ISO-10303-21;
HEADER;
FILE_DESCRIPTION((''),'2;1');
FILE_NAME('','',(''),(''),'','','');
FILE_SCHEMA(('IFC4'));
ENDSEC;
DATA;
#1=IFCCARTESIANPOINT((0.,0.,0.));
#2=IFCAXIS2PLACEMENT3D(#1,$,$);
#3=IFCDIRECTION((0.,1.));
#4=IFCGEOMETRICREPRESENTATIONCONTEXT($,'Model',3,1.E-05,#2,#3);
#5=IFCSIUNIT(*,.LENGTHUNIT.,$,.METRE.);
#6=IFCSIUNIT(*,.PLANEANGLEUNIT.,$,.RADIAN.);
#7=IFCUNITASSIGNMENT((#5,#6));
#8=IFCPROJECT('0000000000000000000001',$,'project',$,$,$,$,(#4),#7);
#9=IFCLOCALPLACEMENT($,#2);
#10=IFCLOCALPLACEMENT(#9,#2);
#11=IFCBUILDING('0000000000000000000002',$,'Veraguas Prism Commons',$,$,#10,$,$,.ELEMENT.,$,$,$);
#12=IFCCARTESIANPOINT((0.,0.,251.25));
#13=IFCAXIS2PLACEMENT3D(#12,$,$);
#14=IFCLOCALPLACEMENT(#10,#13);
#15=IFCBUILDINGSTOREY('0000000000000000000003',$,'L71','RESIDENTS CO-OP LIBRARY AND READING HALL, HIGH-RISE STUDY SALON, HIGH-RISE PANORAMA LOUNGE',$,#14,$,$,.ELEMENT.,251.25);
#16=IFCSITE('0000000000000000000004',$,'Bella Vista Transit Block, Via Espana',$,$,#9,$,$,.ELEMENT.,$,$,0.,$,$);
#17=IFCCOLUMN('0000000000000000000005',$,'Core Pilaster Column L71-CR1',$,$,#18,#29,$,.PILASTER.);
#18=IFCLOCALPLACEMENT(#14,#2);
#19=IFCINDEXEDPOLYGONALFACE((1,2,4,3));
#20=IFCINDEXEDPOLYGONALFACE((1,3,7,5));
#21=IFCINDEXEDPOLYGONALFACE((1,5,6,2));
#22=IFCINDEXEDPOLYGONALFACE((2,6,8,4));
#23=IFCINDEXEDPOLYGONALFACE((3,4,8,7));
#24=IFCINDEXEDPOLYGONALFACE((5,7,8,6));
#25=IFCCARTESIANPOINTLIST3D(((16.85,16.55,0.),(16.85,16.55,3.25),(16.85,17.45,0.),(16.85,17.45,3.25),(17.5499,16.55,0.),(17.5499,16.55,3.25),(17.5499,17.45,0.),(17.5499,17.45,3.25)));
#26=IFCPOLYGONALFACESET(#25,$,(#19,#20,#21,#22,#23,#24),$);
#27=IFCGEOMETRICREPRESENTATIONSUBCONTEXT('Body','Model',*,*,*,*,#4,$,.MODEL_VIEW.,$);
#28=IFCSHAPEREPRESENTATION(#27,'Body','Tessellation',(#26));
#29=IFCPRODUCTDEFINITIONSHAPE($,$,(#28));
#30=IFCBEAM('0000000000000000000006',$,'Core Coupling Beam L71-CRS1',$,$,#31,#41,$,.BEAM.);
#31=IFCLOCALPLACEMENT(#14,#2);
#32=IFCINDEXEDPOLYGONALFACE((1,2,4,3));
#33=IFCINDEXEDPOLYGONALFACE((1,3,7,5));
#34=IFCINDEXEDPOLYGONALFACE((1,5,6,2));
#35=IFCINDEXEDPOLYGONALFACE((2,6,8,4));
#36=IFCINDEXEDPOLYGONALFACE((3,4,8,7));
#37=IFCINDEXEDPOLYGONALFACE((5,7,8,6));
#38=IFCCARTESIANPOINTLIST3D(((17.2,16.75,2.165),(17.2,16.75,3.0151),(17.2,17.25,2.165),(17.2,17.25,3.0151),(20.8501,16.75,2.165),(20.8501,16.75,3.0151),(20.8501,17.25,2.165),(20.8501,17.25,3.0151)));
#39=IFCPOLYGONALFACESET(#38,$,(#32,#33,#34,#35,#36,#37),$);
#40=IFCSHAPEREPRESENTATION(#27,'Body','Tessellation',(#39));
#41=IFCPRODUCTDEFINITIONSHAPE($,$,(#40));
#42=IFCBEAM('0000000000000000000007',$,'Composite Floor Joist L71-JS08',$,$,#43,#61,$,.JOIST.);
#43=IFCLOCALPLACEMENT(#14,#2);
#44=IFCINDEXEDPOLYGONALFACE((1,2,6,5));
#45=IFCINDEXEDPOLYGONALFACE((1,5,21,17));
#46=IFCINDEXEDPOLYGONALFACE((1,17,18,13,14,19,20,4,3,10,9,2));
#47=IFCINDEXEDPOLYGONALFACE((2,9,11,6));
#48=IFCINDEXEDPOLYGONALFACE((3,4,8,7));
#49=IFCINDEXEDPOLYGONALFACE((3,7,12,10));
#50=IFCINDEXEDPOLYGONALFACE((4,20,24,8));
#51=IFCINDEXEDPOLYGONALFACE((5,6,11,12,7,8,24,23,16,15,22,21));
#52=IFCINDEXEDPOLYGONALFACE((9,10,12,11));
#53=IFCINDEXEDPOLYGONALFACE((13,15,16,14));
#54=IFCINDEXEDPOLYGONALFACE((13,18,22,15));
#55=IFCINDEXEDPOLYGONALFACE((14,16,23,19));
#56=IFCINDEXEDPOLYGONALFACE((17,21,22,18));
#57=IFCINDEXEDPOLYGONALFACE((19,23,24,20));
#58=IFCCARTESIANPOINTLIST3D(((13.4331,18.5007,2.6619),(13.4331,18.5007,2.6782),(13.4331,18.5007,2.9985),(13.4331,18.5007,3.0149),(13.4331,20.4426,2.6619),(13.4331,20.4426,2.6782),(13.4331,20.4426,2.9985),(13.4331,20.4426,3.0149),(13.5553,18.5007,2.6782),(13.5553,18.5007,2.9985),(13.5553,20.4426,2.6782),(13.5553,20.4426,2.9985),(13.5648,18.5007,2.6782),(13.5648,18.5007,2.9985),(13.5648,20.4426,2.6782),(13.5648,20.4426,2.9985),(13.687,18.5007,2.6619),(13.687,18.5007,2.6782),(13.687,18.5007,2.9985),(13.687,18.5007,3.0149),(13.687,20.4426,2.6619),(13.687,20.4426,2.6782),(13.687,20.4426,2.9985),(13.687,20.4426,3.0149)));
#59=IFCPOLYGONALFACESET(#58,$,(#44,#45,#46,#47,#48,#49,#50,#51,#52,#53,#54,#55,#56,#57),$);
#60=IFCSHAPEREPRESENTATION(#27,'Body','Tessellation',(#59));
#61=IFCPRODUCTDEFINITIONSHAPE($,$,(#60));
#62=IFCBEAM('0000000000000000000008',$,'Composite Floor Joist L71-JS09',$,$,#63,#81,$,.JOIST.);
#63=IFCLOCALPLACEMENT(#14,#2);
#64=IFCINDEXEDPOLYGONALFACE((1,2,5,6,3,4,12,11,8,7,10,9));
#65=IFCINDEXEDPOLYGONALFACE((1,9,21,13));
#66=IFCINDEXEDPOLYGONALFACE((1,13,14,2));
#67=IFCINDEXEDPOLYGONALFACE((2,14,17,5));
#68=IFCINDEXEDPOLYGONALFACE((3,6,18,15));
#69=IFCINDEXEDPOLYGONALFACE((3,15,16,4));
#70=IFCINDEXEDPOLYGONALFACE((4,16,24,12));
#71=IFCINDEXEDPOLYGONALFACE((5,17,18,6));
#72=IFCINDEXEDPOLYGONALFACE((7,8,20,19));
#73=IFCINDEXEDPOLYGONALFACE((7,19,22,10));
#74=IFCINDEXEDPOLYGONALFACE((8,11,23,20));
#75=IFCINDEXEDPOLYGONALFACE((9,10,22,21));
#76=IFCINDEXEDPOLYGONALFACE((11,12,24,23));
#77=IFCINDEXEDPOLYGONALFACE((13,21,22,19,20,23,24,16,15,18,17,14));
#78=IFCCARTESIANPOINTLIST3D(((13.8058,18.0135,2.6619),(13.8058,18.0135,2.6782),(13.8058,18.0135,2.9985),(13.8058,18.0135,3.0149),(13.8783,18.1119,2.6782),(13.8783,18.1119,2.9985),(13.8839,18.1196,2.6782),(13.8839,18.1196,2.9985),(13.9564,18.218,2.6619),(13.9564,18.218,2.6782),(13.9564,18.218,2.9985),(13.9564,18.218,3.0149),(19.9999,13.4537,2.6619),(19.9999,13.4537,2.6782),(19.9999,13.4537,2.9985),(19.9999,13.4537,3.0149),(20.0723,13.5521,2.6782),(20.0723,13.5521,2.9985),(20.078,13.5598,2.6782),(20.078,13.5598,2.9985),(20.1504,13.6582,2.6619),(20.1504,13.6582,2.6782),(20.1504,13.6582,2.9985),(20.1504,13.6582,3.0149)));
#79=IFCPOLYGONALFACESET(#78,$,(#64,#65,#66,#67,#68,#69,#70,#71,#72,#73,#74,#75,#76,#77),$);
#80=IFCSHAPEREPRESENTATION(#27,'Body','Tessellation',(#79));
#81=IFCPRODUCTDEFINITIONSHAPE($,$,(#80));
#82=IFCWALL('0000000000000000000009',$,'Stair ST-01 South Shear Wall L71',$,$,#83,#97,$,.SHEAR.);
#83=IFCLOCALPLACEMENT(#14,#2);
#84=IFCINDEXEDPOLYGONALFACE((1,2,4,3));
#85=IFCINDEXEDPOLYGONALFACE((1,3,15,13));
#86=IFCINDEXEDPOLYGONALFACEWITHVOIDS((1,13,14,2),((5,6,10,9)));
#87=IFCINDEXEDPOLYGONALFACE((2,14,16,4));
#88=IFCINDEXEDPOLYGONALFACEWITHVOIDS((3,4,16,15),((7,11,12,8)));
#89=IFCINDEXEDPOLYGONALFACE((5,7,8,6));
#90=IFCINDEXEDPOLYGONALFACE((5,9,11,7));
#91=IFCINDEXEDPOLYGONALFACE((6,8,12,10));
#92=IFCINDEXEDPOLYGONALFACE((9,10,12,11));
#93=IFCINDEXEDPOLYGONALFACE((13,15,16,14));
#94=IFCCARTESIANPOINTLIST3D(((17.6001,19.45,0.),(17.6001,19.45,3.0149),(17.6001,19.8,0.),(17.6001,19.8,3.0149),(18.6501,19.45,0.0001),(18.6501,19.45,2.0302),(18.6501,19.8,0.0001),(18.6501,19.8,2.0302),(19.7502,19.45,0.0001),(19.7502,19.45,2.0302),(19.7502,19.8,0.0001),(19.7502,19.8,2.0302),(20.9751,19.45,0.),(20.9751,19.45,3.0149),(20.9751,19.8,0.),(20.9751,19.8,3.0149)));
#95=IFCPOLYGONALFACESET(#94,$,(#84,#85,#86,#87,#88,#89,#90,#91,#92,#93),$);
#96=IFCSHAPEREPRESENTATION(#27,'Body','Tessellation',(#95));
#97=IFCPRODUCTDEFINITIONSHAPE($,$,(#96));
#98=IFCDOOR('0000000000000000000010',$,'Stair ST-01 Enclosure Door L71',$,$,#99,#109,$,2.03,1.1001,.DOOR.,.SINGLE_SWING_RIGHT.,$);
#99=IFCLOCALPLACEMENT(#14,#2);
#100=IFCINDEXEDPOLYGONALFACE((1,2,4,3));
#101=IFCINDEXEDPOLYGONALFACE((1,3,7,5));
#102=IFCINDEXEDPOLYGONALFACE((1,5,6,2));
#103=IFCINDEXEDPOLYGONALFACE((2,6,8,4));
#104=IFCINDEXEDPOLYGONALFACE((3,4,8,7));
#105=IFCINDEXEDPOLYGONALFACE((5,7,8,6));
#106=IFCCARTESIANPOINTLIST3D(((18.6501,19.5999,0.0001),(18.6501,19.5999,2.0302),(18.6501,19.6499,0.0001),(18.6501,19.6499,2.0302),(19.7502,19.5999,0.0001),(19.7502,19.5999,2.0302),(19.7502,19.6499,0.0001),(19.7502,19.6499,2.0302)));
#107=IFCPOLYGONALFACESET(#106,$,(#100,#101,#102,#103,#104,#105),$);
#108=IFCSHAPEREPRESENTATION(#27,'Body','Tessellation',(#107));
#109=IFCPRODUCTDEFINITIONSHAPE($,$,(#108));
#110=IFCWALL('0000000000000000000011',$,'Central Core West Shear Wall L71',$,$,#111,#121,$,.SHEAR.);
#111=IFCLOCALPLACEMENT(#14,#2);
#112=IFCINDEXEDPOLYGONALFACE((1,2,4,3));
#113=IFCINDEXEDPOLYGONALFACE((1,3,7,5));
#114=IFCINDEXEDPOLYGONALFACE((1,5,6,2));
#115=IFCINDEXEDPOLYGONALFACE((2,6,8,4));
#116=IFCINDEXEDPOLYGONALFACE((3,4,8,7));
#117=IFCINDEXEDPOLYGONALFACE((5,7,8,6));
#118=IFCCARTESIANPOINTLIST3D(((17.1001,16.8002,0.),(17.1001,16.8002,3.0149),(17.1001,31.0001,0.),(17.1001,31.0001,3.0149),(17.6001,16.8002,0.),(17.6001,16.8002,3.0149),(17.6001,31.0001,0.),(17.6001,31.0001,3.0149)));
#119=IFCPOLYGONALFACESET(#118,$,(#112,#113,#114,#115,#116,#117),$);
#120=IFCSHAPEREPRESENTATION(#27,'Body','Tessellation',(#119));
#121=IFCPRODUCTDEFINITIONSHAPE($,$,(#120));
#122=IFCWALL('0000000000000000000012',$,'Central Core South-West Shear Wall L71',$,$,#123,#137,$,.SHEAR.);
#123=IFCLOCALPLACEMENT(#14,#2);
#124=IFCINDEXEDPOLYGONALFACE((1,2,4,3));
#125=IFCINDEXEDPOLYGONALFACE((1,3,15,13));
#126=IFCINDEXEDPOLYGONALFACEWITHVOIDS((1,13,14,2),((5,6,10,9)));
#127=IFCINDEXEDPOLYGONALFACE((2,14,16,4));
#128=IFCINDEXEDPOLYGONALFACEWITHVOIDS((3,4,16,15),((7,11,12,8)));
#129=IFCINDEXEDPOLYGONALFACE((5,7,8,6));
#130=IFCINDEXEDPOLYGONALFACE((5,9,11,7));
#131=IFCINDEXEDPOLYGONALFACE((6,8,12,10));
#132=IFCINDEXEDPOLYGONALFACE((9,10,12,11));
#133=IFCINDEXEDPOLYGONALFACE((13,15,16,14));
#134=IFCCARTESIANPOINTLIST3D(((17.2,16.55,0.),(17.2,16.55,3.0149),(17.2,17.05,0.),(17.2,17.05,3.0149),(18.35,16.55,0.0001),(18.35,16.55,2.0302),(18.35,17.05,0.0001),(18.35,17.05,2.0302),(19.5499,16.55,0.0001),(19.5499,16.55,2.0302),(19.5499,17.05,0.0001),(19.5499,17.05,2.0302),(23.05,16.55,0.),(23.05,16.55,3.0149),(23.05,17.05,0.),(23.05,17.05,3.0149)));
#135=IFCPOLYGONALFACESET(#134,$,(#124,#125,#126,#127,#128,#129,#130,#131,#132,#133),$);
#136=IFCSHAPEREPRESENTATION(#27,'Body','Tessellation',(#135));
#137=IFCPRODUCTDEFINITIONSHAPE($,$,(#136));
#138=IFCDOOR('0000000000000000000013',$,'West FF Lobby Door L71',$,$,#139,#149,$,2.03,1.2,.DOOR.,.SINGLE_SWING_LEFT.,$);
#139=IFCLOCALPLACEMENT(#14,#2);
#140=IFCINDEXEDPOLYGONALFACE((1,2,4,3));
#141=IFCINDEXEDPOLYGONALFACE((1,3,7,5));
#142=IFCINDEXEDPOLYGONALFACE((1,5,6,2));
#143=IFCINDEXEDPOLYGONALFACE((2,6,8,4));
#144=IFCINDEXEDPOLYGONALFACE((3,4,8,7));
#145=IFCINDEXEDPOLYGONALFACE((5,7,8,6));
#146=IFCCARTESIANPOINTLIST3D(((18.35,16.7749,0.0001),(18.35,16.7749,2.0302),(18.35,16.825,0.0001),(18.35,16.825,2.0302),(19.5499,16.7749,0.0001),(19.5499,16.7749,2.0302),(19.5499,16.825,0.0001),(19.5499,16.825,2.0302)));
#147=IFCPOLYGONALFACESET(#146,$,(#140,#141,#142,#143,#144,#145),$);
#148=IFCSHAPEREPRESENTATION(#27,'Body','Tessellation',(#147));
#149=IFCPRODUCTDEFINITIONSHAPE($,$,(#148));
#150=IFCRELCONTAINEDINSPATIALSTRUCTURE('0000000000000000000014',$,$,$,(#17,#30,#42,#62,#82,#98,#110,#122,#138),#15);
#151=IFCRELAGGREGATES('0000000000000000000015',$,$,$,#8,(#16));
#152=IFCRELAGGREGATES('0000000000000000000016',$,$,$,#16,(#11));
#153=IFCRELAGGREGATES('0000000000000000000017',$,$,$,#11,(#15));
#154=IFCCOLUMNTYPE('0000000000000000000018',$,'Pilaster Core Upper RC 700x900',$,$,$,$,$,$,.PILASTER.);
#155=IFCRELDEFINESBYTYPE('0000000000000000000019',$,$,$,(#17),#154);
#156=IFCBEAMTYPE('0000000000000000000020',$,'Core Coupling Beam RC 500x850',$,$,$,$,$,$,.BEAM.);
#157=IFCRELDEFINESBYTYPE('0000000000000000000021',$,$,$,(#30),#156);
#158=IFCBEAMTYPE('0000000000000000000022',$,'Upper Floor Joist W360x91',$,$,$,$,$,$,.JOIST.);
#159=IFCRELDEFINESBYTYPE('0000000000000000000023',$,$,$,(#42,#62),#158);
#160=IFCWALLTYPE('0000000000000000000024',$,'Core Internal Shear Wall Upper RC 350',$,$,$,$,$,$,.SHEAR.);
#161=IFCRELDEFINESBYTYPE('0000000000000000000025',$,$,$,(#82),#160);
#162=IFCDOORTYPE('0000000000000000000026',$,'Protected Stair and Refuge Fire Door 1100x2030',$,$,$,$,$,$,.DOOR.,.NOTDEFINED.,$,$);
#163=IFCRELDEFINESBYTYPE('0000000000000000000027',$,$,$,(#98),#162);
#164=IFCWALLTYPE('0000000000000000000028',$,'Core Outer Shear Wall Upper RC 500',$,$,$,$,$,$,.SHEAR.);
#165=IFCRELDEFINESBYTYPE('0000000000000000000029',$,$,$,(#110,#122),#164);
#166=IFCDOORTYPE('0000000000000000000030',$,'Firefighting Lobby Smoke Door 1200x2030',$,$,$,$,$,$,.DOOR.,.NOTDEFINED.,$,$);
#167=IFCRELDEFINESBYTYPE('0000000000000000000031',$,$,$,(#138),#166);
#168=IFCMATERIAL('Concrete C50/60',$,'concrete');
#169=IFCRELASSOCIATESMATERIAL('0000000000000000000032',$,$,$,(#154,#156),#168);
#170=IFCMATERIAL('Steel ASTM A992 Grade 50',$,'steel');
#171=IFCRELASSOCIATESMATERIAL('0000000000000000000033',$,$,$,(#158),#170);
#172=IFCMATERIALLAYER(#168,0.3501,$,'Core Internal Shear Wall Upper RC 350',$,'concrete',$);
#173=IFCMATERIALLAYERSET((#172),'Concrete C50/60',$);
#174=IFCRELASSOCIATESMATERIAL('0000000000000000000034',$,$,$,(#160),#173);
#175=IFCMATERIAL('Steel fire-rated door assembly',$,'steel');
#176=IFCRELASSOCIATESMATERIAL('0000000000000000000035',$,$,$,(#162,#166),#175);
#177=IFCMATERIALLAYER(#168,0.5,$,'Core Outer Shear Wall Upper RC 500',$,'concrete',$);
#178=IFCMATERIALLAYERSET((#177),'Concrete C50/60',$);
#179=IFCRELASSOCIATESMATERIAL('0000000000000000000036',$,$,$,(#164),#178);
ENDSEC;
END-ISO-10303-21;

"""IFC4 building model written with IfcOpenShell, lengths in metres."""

from ifc_helpers import new_model, si_unit, direction, frame, frame_2d, origin, origin_2d, place, context, subcontext, project, spatial, rectangle, i_section, extrude, source, transform, mapped, material, layer, layer_set, material_profile, profile_set, type_object, element, fill, save


model = new_model("IFC4")

# Units and contexts
model_context = context("Model", 3, precision=1e-05, world=origin(), true_north=direction((0.0, 1.0)))
body_context = subcontext(model_context, "Body", "Model", "MODEL_VIEW")
ifc_project = project(units=[si_unit("LENGTHUNIT", "METRE"), si_unit("PLANEANGLEUNIT", "RADIAN")], contexts=[model_context])

# Site, building, storey
site_placement = place(None, origin())
site = spatial("IfcSite", under=ifc_project, at=site_placement, Name="Bella Vista Transit Block, Via Espana", CompositionType="ELEMENT", RefElevation=0.0)
building_placement = place(site_placement, origin())
building = spatial("IfcBuilding", under=site, at=building_placement, Name="Veraguas Prism Commons", CompositionType="ELEMENT")
storey_placement = place(building_placement, frame((0.0, 0.0, 251.25)))
storey = spatial("IfcBuildingStorey", under=building, at=storey_placement, Name="L71", Description="RESIDENTS CO-OP LIBRARY AND READING HALL, HIGH-RISE STUDY SALON, HIGH-RISE PANORAMA LOUNGE", CompositionType="ELEMENT", Elevation=251.25)

# Column
ifc_material_1 = material(Name="Concrete C50/60", Category="concrete")
ifc_material_profile_1 = material_profile(ifc_material_1, rectangle(XDim=0.7, YDim=0.8999, at=origin_2d()), Name="RC700X900")
ifc_profile_set_1 = profile_set([ifc_material_profile_1], Name="Concrete C50/60")
column_type = type_object("IfcColumnType", Name="Pilaster Core Upper RC 700x900", PredefinedType="PILASTER", material=ifc_profile_set_1)
column_placement = place(storey_placement, frame((17.2, 17.0, 0.0), z_axis=(0.0, 0.0, 1.0), x_axis=(1.0, 0.0, 0.0)))
element("IfcColumn", 1, at=column_placement, inside=storey, type_object=column_type, Name="Core Pilaster Column L71-CR1", PredefinedType="PILASTER", context=body_context, shape_type="SweptSolid", body=[
    extrude(rectangle(XDim=0.7, YDim=0.8999, at=origin_2d()), origin(), (0.0, 0.0, 1.0), 3.25),
])

# Beams
ifc_material_profile_2 = material_profile(ifc_material_1, rectangle(XDim=0.5, YDim=0.8501, at=origin_2d()), Name="RC500X850")
ifc_profile_set_2 = profile_set([ifc_material_profile_2], Name="Concrete C50/60")
beam_type_1 = type_object("IfcBeamType", Name="Core Coupling Beam RC 500x850", PredefinedType="BEAM", material=ifc_profile_set_2)
beam_1_placement = place(storey_placement, frame((17.2, 17.0, 2.5901), z_axis=(1.0, 0.0, 0.0), x_axis=(0.0, 1.0, 0.0)))
element("IfcBeam", 2, at=beam_1_placement, inside=storey, type_object=beam_type_1, Name="Core Coupling Beam L71-CRS1", PredefinedType="BEAM", context=body_context, shape_type="SweptSolid", body=[
    extrude(rectangle(XDim=0.5, YDim=0.8501, at=origin_2d()), origin(), (0.0, 0.0, 1.0), 3.6501),
])
ifc_material_2 = material(Name="Steel ASTM A992 Grade 50", Category="steel")
ifc_material_profile_3 = material_profile(ifc_material_2, i_section(OverallWidth=0.2539, OverallDepth=0.353, WebThickness=0.0095, FlangeThickness=0.0164, at=origin_2d()), Name="W360X91")
ifc_profile_set_3 = profile_set([ifc_material_profile_3], Name="Steel ASTM A992 Grade 50")
beam_type_2 = type_object("IfcBeamType", Name="Upper Floor Joist W360x91", PredefinedType="JOIST", material=ifc_profile_set_3)
beam_2_placement = place(storey_placement, frame((13.5601, 20.4426, 2.8384), z_axis=(0.0, -1.0, 0.0), x_axis=(1.0, 0.0, 0.0)))
element("IfcBeam", 3, at=beam_2_placement, inside=storey, type_object=beam_type_2, Name="Composite Floor Joist L71-JS08", PredefinedType="JOIST", context=body_context, shape_type="SweptSolid", body=[
    extrude(i_section(OverallWidth=0.2539, OverallDepth=0.353, WebThickness=0.0095, FlangeThickness=0.0164, at=origin_2d()), origin(), (0.0, 0.0, 1.0), 1.9419),
])
beam_3_placement = place(storey_placement, frame((13.8811, 18.1157, 2.8384), z_axis=(0.80532, -0.592841, 0.0), x_axis=(0.592841, 0.80532, 0.0)))
element("IfcBeam", 4, at=beam_3_placement, inside=storey, type_object=beam_type_2, Name="Composite Floor Joist L71-JS09", PredefinedType="JOIST", context=body_context, shape_type="SweptSolid", body=[
    extrude(i_section(OverallWidth=0.2539, OverallDepth=0.353, WebThickness=0.0095, FlangeThickness=0.0164, at=origin_2d()), origin(), (0.0, 0.0, 1.0), 7.6914),
])

# Wall, opening, door
ifc_layer_1 = layer(ifc_material_1, 0.3501, Name="Core Internal Shear Wall Upper RC 350", Category="concrete")
ifc_layer_set_1 = layer_set([ifc_layer_1], Name="Concrete C50/60")
wall_type_1 = type_object("IfcWallType", Name="Core Internal Shear Wall Upper RC 350", PredefinedType="SHEAR", material=ifc_layer_set_1)
wall_1_placement = place(storey_placement, frame((17.6001, 19.625, 0.0), z_axis=(0.0, 0.0, 1.0), x_axis=(1.0, 0.0, 0.0)))
wall_1 = element("IfcWall", 5, at=wall_1_placement, inside=storey, type_object=wall_type_1, Name="Stair ST-01 South Shear Wall L71", PredefinedType="SHEAR", context=body_context, shape_type="SweptSolid", body=[
    extrude(rectangle(XDim=3.375, YDim=0.3501, at=frame_2d((1.6875, 0.0))), origin(), (0.0, 0.0, 1.0), 3.0149),
])
opening_1_placement = place(wall_1_placement, frame((1.05, 0.0, 0.0)))
opening_1 = element("IfcOpeningElement", 6, at=opening_1_placement, cuts=wall_1, PredefinedType="OPENING", context=body_context, shape_type="SweptSolid", body=[
    extrude(rectangle(XDim=1.1001, YDim=2.03, at=frame_2d((0.55, 1.0151))), frame((0.0, 0.1851, 0.0), z_axis=(0.0, -1.0, 0.0), x_axis=(1.0, 0.0, 0.0)), (0.0, 0.0, 1.0), 0.3701),
])
ifc_material_3 = material(Name="Steel fire-rated door assembly", Category="steel")
door_type_1 = type_object("IfcDoorType", Name="Protected Stair and Refuge Fire Door 1100x2030", OperationType="NOTDEFINED", PredefinedType="DOOR", material=ifc_material_3)
shared_shape_1 = source(origin(), body_context, "Body", "SweptSolid", [
    extrude(rectangle(XDim=1.1001, YDim=2.03, at=frame_2d((0.55, 1.0151))), frame((0.0, 0.0249, 0.0), z_axis=(0.0, -1.0, 0.0), x_axis=(1.0, 0.0, 0.0)), (0.0, 0.0, 1.0), 0.05),
])
door_1_placement = place(opening_1_placement, origin())
door_1 = element("IfcDoor", 7, at=door_1_placement, inside=storey, type_object=door_type_1, Name="Stair ST-01 Enclosure Door L71", OperationType="SINGLE_SWING_RIGHT", OverallHeight=2.03, OverallWidth=1.1001, PredefinedType="DOOR", context=body_context, shape_type="MappedRepresentation", body=[
    mapped(shared_shape_1, transform((0.0, 0.0, 0.0), scale=1.0)),
])
fill(opening_1, door_1)

# Wall
ifc_layer_2 = layer(ifc_material_1, 0.5, Name="Core Outer Shear Wall Upper RC 500", Category="concrete")
ifc_layer_set_2 = layer_set([ifc_layer_2], Name="Concrete C50/60")
wall_type_2 = type_object("IfcWallType", Name="Core Outer Shear Wall Upper RC 500", PredefinedType="SHEAR", material=ifc_layer_set_2)
wall_2_placement = place(storey_placement, frame((17.3501, 16.8, 0.0), z_axis=(0.0, 0.0, 1.0), x_axis=(0.0, 1.0, 0.0)))
element("IfcWall", 8, at=wall_2_placement, inside=storey, type_object=wall_type_2, Name="Central Core West Shear Wall L71", PredefinedType="SHEAR", context=body_context, shape_type="SweptSolid", body=[
    extrude(rectangle(XDim=14.2, YDim=0.5, at=frame_2d((7.1001, 0.0))), origin(), (0.0, 0.0, 1.0), 3.0149),
])

# Wall, opening, door
wall_3_placement = place(storey_placement, frame((17.2, 16.8, 0.0), z_axis=(0.0, 0.0, 1.0), x_axis=(1.0, 0.0, 0.0)))
wall_3 = element("IfcWall", 9, at=wall_3_placement, inside=storey, type_object=wall_type_2, Name="Central Core South-West Shear Wall L71", PredefinedType="SHEAR", context=body_context, shape_type="SweptSolid", body=[
    extrude(rectangle(XDim=5.8501, YDim=0.5, at=frame_2d((2.925, 0.0))), origin(), (0.0, 0.0, 1.0), 3.0149),
])
opening_2_placement = place(wall_3_placement, frame((1.1499, 0.0, 0.0)))
opening_2 = element("IfcOpeningElement", 10, at=opening_2_placement, cuts=wall_3, PredefinedType="OPENING", context=body_context, shape_type="SweptSolid", body=[
    extrude(rectangle(XDim=1.2, YDim=2.03, at=frame_2d((0.6001, 1.0151))), frame((0.0, 0.26, 0.0), z_axis=(0.0, -1.0, 0.0), x_axis=(1.0, 0.0, 0.0)), (0.0, 0.0, 1.0), 0.52),
])
door_type_2 = type_object("IfcDoorType", Name="Firefighting Lobby Smoke Door 1200x2030", OperationType="NOTDEFINED", PredefinedType="DOOR", material=ifc_material_3)
shared_shape_2 = source(origin(), body_context, "Body", "SweptSolid", [
    extrude(rectangle(XDim=1.2, YDim=2.03, at=frame_2d((0.6001, 1.0151))), frame((0.0, 0.0249, 0.0), z_axis=(0.0, -1.0, 0.0), x_axis=(1.0, 0.0, 0.0)), (0.0, 0.0, 1.0), 0.05),
])
door_2_placement = place(opening_2_placement, origin())
door_2 = element("IfcDoor", 11, at=door_2_placement, inside=storey, type_object=door_type_2, Name="West FF Lobby Door L71", OperationType="SINGLE_SWING_LEFT", OverallHeight=2.03, OverallWidth=1.2, PredefinedType="DOOR", context=body_context, shape_type="MappedRepresentation", body=[
    mapped(shared_shape_2, transform((0.0, 0.0, 0.0), scale=1.0)),
])
fill(opening_2, door_2)

save(model, "model.ifc")
